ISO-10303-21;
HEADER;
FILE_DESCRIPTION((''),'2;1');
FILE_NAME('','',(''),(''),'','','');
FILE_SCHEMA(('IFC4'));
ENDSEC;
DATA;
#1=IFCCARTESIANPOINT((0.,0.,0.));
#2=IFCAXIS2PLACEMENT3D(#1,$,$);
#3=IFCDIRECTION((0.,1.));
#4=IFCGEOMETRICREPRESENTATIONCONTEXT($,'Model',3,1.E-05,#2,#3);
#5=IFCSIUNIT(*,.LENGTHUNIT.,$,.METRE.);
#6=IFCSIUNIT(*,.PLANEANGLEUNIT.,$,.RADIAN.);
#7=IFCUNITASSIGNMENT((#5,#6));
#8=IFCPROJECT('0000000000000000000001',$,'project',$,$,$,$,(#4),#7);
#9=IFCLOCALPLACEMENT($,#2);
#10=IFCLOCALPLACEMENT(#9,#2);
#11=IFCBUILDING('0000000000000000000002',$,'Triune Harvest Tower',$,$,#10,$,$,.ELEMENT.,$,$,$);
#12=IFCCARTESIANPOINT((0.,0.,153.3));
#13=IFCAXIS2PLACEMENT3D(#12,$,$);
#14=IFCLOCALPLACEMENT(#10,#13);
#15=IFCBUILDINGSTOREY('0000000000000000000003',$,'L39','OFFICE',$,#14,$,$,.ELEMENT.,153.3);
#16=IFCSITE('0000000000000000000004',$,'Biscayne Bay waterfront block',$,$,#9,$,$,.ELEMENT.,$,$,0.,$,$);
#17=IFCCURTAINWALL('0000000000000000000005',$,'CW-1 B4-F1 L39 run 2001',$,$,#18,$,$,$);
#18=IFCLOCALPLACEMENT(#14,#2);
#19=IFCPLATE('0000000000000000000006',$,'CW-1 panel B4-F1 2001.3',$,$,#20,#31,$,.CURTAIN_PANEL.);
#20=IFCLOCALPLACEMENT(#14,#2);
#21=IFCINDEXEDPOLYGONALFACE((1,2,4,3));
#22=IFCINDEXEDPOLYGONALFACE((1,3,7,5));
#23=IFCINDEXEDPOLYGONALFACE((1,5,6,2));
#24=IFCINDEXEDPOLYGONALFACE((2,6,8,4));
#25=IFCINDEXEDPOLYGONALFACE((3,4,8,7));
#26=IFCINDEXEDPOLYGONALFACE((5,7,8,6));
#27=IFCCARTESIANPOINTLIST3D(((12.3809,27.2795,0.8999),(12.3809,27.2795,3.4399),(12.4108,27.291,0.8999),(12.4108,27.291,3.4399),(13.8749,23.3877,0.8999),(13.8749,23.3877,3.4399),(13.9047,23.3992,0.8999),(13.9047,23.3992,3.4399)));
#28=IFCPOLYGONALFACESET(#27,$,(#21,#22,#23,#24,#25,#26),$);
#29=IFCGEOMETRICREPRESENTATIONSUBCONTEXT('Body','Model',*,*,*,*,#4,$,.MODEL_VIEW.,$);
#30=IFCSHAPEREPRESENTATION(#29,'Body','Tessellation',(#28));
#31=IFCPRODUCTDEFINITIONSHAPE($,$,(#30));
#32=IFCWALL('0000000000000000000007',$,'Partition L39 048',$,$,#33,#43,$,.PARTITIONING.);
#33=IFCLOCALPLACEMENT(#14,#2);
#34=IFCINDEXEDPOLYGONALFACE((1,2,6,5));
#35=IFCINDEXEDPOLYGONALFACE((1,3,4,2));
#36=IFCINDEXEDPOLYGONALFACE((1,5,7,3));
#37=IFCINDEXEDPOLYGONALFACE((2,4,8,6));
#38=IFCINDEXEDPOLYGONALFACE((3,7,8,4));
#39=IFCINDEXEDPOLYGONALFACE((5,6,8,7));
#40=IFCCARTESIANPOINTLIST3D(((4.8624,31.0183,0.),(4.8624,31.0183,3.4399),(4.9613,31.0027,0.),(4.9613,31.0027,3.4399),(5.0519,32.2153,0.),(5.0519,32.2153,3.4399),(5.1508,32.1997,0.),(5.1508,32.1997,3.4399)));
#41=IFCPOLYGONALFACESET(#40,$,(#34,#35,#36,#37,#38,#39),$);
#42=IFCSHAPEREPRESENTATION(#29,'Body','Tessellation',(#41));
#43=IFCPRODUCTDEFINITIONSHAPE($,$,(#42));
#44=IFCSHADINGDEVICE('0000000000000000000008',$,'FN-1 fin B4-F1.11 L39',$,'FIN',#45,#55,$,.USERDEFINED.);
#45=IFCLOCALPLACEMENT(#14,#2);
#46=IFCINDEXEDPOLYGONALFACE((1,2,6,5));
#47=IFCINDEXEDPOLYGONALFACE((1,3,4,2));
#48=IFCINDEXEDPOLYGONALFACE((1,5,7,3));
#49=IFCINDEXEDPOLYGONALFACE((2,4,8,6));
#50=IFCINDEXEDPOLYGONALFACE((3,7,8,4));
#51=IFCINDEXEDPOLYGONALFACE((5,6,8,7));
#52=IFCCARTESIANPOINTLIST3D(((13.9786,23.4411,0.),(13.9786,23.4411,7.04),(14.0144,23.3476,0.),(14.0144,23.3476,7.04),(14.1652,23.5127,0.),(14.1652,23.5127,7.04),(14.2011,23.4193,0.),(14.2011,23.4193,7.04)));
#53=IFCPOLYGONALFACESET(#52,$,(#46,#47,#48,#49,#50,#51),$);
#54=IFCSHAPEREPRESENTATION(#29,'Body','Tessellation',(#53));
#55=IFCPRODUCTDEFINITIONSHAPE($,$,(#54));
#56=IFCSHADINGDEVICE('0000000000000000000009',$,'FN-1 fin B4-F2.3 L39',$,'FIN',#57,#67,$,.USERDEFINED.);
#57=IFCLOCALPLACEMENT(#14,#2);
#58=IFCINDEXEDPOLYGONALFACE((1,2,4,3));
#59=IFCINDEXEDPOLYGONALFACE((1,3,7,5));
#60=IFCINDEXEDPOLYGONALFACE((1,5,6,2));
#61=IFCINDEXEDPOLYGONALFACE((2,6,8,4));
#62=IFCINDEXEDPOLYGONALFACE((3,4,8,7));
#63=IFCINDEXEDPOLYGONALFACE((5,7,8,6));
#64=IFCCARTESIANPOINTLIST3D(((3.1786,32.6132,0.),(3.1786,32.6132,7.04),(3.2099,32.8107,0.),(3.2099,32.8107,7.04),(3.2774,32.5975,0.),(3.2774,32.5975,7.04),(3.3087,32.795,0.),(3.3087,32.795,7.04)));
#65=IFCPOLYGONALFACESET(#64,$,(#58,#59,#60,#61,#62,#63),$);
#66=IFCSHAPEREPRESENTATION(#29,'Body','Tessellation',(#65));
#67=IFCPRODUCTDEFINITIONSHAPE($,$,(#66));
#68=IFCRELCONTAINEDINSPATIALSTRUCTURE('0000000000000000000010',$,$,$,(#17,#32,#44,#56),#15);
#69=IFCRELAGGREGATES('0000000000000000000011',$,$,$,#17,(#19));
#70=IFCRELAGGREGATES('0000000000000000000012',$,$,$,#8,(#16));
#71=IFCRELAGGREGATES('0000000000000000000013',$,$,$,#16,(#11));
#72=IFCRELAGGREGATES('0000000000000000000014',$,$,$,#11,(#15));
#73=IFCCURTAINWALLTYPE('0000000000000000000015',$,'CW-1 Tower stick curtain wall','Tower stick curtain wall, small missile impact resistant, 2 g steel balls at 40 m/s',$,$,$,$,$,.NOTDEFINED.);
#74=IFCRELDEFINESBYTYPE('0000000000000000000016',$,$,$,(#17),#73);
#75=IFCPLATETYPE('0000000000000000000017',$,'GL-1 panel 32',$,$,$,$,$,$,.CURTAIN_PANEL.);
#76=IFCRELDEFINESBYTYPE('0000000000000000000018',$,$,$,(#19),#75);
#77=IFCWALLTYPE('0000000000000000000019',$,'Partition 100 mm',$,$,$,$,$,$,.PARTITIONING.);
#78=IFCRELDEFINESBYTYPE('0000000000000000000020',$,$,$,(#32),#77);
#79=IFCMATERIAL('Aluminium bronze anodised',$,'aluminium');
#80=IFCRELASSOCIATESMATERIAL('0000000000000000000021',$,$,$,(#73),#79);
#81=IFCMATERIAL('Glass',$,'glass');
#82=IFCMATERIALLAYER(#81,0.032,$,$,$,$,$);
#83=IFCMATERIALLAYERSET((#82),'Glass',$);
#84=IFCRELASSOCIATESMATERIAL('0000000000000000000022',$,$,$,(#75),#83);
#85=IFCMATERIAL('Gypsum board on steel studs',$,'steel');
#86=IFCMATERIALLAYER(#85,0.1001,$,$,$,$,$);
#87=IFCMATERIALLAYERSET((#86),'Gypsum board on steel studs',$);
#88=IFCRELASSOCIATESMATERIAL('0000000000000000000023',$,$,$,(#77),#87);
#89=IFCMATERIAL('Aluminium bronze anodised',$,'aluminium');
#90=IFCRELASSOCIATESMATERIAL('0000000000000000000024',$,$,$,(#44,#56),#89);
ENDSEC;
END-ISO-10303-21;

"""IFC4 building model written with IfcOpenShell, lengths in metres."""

from ifc_helpers import new_model, si_unit, direction, frame, frame_2d, origin, origin_2d, place, context, subcontext, project, spatial, rectangle, extrude, source, transform, mapped, material, layer, layer_set, type_object, element, aggregate, save


model = new_model("IFC4")

# Units and contexts
model_context = context("Model", 3, precision=1e-05, world=origin(), true_north=direction((0.0, 1.0)))
body_context = subcontext(model_context, "Body", "Model", "MODEL_VIEW")
ifc_project = project(units=[si_unit("LENGTHUNIT", "METRE"), si_unit("PLANEANGLEUNIT", "RADIAN")], contexts=[model_context])

# Site, building, storey
site_placement = place(None, origin())
site = spatial("IfcSite", under=ifc_project, at=site_placement, Name="Biscayne Bay waterfront block", CompositionType="ELEMENT", RefElevation=0.0)
building_placement = place(site_placement, origin())
building = spatial("IfcBuilding", under=site, at=building_placement, Name="Triune Harvest Tower", CompositionType="ELEMENT")
storey_placement = place(building_placement, frame((0.0, 0.0, 153.3)))
storey = spatial("IfcBuildingStorey", under=building, at=storey_placement, Name="L39", Description="OFFICE", CompositionType="ELEMENT", Elevation=153.3)

# Curtain wall
ifc_material_1 = material(Name="Aluminium bronze anodised", Category="aluminium")
curtain_wall_type = type_object("IfcCurtainWallType", Name="CW-1 Tower stick curtain wall", Description="Tower stick curtain wall, small missile impact resistant, 2 g steel balls at 40 m/s", PredefinedType="NOTDEFINED", material=ifc_material_1)
curtain_wall_1_placement = place(storey_placement, origin())
curtain_wall_1 = element("IfcCurtainWall", 1, at=curtain_wall_1_placement, inside=storey, type_object=curtain_wall_type, Name="CW-1 B4-F1 L39 run 2001")

# Plate
ifc_material_2 = material(Name="Glass", Category="glass")
ifc_layer_1 = layer(ifc_material_2, 0.032)
ifc_layer_set_1 = layer_set([ifc_layer_1], Name="Glass")
plate_type = type_object("IfcPlateType", Name="GL-1 panel 32", PredefinedType="CURTAIN_PANEL", material=ifc_layer_set_1)
shared_shape_1 = source(origin(), body_context, "Body", "SweptSolid", [
    extrude(rectangle(XDim=4.1687, YDim=0.032, at=origin_2d()), origin(), (0.0, 0.0, 1.0), 2.54),
])
plate_1_placement = place(storey_placement, frame((13.1428, 25.3394, 0.8999), z_axis=(0.0, 0.0, 1.0), x_axis=(-0.358371, 0.933579, 0.0)))
plate_1 = element("IfcPlate", 2, at=plate_1_placement, type_object=plate_type, Name="CW-1 panel B4-F1 2001.3", PredefinedType="CURTAIN_PANEL", context=body_context, shape_type="MappedRepresentation", body=[
    mapped(shared_shape_1, transform((0.0, 0.0, 0.0), scale=1.0)),
])
aggregate(curtain_wall_1, [plate_1])

# Wall
ifc_material_3 = material(Name="Gypsum board on steel studs", Category="steel")
ifc_layer_2 = layer(ifc_material_3, 0.1001)
ifc_layer_set_2 = layer_set([ifc_layer_2], Name="Gypsum board on steel studs")
wall_type = type_object("IfcWallType", Name="Partition 100 mm", PredefinedType="PARTITIONING", material=ifc_layer_set_2)
shared_shape_2 = source(origin(), body_context, "Body", "SweptSolid", [
    extrude(rectangle(XDim=1.2119, YDim=0.1001, at=frame_2d((0.606, 0.0))), origin(), (0.0, 0.0, 1.0), 3.4399),
])
wall_placement = place(storey_placement, frame((4.9119, 31.0105, 0.0), z_axis=(0.0, 0.0, 1.0), x_axis=(0.156325, 0.987706, 0.0)))
element("IfcWall", 3, at=wall_placement, inside=storey, type_object=wall_type, Name="Partition L39 048", PredefinedType="PARTITIONING", context=body_context, shape_type="MappedRepresentation", body=[
    mapped(shared_shape_2, transform((0.0, 0.0, 0.0), scale=1.0)),
])

# Shading devices
ifc_material_4 = material(Name="Aluminium bronze anodised", Category="aluminium")
shared_shape_3 = source(origin(), body_context, "Body", "SweptSolid", [
    extrude(rectangle(XDim=0.1001, YDim=0.2, at=origin_2d()), origin(), (0.0, 0.0, 1.0), 7.04),
])
for number, where, z_axis, x_axis, name in (
    (4, (14.0898, 23.4302, 0.0), (0.0, 0.0, 1.0), (-0.358369, 0.93358, 0.0), "FN-1 fin B4-F1.11 L39"),
    (5, (3.2437, 32.7041, 0.0), (0.0, 0.0, 1.0), (-0.987689, 0.156433, 0.0), "FN-1 fin B4-F2.3 L39"),
):
    element("IfcShadingDevice", number, at=place(storey_placement, frame(where, z_axis=z_axis, x_axis=x_axis)), inside=storey, material=ifc_material_4, Name=name, ObjectType="FIN", PredefinedType="USERDEFINED", context=body_context, shape_type="MappedRepresentation", body=[
        mapped(shared_shape_3, transform((0.0, 0.0, 0.0), scale=1.0)),
    ])

save(model, "model.ifc")
